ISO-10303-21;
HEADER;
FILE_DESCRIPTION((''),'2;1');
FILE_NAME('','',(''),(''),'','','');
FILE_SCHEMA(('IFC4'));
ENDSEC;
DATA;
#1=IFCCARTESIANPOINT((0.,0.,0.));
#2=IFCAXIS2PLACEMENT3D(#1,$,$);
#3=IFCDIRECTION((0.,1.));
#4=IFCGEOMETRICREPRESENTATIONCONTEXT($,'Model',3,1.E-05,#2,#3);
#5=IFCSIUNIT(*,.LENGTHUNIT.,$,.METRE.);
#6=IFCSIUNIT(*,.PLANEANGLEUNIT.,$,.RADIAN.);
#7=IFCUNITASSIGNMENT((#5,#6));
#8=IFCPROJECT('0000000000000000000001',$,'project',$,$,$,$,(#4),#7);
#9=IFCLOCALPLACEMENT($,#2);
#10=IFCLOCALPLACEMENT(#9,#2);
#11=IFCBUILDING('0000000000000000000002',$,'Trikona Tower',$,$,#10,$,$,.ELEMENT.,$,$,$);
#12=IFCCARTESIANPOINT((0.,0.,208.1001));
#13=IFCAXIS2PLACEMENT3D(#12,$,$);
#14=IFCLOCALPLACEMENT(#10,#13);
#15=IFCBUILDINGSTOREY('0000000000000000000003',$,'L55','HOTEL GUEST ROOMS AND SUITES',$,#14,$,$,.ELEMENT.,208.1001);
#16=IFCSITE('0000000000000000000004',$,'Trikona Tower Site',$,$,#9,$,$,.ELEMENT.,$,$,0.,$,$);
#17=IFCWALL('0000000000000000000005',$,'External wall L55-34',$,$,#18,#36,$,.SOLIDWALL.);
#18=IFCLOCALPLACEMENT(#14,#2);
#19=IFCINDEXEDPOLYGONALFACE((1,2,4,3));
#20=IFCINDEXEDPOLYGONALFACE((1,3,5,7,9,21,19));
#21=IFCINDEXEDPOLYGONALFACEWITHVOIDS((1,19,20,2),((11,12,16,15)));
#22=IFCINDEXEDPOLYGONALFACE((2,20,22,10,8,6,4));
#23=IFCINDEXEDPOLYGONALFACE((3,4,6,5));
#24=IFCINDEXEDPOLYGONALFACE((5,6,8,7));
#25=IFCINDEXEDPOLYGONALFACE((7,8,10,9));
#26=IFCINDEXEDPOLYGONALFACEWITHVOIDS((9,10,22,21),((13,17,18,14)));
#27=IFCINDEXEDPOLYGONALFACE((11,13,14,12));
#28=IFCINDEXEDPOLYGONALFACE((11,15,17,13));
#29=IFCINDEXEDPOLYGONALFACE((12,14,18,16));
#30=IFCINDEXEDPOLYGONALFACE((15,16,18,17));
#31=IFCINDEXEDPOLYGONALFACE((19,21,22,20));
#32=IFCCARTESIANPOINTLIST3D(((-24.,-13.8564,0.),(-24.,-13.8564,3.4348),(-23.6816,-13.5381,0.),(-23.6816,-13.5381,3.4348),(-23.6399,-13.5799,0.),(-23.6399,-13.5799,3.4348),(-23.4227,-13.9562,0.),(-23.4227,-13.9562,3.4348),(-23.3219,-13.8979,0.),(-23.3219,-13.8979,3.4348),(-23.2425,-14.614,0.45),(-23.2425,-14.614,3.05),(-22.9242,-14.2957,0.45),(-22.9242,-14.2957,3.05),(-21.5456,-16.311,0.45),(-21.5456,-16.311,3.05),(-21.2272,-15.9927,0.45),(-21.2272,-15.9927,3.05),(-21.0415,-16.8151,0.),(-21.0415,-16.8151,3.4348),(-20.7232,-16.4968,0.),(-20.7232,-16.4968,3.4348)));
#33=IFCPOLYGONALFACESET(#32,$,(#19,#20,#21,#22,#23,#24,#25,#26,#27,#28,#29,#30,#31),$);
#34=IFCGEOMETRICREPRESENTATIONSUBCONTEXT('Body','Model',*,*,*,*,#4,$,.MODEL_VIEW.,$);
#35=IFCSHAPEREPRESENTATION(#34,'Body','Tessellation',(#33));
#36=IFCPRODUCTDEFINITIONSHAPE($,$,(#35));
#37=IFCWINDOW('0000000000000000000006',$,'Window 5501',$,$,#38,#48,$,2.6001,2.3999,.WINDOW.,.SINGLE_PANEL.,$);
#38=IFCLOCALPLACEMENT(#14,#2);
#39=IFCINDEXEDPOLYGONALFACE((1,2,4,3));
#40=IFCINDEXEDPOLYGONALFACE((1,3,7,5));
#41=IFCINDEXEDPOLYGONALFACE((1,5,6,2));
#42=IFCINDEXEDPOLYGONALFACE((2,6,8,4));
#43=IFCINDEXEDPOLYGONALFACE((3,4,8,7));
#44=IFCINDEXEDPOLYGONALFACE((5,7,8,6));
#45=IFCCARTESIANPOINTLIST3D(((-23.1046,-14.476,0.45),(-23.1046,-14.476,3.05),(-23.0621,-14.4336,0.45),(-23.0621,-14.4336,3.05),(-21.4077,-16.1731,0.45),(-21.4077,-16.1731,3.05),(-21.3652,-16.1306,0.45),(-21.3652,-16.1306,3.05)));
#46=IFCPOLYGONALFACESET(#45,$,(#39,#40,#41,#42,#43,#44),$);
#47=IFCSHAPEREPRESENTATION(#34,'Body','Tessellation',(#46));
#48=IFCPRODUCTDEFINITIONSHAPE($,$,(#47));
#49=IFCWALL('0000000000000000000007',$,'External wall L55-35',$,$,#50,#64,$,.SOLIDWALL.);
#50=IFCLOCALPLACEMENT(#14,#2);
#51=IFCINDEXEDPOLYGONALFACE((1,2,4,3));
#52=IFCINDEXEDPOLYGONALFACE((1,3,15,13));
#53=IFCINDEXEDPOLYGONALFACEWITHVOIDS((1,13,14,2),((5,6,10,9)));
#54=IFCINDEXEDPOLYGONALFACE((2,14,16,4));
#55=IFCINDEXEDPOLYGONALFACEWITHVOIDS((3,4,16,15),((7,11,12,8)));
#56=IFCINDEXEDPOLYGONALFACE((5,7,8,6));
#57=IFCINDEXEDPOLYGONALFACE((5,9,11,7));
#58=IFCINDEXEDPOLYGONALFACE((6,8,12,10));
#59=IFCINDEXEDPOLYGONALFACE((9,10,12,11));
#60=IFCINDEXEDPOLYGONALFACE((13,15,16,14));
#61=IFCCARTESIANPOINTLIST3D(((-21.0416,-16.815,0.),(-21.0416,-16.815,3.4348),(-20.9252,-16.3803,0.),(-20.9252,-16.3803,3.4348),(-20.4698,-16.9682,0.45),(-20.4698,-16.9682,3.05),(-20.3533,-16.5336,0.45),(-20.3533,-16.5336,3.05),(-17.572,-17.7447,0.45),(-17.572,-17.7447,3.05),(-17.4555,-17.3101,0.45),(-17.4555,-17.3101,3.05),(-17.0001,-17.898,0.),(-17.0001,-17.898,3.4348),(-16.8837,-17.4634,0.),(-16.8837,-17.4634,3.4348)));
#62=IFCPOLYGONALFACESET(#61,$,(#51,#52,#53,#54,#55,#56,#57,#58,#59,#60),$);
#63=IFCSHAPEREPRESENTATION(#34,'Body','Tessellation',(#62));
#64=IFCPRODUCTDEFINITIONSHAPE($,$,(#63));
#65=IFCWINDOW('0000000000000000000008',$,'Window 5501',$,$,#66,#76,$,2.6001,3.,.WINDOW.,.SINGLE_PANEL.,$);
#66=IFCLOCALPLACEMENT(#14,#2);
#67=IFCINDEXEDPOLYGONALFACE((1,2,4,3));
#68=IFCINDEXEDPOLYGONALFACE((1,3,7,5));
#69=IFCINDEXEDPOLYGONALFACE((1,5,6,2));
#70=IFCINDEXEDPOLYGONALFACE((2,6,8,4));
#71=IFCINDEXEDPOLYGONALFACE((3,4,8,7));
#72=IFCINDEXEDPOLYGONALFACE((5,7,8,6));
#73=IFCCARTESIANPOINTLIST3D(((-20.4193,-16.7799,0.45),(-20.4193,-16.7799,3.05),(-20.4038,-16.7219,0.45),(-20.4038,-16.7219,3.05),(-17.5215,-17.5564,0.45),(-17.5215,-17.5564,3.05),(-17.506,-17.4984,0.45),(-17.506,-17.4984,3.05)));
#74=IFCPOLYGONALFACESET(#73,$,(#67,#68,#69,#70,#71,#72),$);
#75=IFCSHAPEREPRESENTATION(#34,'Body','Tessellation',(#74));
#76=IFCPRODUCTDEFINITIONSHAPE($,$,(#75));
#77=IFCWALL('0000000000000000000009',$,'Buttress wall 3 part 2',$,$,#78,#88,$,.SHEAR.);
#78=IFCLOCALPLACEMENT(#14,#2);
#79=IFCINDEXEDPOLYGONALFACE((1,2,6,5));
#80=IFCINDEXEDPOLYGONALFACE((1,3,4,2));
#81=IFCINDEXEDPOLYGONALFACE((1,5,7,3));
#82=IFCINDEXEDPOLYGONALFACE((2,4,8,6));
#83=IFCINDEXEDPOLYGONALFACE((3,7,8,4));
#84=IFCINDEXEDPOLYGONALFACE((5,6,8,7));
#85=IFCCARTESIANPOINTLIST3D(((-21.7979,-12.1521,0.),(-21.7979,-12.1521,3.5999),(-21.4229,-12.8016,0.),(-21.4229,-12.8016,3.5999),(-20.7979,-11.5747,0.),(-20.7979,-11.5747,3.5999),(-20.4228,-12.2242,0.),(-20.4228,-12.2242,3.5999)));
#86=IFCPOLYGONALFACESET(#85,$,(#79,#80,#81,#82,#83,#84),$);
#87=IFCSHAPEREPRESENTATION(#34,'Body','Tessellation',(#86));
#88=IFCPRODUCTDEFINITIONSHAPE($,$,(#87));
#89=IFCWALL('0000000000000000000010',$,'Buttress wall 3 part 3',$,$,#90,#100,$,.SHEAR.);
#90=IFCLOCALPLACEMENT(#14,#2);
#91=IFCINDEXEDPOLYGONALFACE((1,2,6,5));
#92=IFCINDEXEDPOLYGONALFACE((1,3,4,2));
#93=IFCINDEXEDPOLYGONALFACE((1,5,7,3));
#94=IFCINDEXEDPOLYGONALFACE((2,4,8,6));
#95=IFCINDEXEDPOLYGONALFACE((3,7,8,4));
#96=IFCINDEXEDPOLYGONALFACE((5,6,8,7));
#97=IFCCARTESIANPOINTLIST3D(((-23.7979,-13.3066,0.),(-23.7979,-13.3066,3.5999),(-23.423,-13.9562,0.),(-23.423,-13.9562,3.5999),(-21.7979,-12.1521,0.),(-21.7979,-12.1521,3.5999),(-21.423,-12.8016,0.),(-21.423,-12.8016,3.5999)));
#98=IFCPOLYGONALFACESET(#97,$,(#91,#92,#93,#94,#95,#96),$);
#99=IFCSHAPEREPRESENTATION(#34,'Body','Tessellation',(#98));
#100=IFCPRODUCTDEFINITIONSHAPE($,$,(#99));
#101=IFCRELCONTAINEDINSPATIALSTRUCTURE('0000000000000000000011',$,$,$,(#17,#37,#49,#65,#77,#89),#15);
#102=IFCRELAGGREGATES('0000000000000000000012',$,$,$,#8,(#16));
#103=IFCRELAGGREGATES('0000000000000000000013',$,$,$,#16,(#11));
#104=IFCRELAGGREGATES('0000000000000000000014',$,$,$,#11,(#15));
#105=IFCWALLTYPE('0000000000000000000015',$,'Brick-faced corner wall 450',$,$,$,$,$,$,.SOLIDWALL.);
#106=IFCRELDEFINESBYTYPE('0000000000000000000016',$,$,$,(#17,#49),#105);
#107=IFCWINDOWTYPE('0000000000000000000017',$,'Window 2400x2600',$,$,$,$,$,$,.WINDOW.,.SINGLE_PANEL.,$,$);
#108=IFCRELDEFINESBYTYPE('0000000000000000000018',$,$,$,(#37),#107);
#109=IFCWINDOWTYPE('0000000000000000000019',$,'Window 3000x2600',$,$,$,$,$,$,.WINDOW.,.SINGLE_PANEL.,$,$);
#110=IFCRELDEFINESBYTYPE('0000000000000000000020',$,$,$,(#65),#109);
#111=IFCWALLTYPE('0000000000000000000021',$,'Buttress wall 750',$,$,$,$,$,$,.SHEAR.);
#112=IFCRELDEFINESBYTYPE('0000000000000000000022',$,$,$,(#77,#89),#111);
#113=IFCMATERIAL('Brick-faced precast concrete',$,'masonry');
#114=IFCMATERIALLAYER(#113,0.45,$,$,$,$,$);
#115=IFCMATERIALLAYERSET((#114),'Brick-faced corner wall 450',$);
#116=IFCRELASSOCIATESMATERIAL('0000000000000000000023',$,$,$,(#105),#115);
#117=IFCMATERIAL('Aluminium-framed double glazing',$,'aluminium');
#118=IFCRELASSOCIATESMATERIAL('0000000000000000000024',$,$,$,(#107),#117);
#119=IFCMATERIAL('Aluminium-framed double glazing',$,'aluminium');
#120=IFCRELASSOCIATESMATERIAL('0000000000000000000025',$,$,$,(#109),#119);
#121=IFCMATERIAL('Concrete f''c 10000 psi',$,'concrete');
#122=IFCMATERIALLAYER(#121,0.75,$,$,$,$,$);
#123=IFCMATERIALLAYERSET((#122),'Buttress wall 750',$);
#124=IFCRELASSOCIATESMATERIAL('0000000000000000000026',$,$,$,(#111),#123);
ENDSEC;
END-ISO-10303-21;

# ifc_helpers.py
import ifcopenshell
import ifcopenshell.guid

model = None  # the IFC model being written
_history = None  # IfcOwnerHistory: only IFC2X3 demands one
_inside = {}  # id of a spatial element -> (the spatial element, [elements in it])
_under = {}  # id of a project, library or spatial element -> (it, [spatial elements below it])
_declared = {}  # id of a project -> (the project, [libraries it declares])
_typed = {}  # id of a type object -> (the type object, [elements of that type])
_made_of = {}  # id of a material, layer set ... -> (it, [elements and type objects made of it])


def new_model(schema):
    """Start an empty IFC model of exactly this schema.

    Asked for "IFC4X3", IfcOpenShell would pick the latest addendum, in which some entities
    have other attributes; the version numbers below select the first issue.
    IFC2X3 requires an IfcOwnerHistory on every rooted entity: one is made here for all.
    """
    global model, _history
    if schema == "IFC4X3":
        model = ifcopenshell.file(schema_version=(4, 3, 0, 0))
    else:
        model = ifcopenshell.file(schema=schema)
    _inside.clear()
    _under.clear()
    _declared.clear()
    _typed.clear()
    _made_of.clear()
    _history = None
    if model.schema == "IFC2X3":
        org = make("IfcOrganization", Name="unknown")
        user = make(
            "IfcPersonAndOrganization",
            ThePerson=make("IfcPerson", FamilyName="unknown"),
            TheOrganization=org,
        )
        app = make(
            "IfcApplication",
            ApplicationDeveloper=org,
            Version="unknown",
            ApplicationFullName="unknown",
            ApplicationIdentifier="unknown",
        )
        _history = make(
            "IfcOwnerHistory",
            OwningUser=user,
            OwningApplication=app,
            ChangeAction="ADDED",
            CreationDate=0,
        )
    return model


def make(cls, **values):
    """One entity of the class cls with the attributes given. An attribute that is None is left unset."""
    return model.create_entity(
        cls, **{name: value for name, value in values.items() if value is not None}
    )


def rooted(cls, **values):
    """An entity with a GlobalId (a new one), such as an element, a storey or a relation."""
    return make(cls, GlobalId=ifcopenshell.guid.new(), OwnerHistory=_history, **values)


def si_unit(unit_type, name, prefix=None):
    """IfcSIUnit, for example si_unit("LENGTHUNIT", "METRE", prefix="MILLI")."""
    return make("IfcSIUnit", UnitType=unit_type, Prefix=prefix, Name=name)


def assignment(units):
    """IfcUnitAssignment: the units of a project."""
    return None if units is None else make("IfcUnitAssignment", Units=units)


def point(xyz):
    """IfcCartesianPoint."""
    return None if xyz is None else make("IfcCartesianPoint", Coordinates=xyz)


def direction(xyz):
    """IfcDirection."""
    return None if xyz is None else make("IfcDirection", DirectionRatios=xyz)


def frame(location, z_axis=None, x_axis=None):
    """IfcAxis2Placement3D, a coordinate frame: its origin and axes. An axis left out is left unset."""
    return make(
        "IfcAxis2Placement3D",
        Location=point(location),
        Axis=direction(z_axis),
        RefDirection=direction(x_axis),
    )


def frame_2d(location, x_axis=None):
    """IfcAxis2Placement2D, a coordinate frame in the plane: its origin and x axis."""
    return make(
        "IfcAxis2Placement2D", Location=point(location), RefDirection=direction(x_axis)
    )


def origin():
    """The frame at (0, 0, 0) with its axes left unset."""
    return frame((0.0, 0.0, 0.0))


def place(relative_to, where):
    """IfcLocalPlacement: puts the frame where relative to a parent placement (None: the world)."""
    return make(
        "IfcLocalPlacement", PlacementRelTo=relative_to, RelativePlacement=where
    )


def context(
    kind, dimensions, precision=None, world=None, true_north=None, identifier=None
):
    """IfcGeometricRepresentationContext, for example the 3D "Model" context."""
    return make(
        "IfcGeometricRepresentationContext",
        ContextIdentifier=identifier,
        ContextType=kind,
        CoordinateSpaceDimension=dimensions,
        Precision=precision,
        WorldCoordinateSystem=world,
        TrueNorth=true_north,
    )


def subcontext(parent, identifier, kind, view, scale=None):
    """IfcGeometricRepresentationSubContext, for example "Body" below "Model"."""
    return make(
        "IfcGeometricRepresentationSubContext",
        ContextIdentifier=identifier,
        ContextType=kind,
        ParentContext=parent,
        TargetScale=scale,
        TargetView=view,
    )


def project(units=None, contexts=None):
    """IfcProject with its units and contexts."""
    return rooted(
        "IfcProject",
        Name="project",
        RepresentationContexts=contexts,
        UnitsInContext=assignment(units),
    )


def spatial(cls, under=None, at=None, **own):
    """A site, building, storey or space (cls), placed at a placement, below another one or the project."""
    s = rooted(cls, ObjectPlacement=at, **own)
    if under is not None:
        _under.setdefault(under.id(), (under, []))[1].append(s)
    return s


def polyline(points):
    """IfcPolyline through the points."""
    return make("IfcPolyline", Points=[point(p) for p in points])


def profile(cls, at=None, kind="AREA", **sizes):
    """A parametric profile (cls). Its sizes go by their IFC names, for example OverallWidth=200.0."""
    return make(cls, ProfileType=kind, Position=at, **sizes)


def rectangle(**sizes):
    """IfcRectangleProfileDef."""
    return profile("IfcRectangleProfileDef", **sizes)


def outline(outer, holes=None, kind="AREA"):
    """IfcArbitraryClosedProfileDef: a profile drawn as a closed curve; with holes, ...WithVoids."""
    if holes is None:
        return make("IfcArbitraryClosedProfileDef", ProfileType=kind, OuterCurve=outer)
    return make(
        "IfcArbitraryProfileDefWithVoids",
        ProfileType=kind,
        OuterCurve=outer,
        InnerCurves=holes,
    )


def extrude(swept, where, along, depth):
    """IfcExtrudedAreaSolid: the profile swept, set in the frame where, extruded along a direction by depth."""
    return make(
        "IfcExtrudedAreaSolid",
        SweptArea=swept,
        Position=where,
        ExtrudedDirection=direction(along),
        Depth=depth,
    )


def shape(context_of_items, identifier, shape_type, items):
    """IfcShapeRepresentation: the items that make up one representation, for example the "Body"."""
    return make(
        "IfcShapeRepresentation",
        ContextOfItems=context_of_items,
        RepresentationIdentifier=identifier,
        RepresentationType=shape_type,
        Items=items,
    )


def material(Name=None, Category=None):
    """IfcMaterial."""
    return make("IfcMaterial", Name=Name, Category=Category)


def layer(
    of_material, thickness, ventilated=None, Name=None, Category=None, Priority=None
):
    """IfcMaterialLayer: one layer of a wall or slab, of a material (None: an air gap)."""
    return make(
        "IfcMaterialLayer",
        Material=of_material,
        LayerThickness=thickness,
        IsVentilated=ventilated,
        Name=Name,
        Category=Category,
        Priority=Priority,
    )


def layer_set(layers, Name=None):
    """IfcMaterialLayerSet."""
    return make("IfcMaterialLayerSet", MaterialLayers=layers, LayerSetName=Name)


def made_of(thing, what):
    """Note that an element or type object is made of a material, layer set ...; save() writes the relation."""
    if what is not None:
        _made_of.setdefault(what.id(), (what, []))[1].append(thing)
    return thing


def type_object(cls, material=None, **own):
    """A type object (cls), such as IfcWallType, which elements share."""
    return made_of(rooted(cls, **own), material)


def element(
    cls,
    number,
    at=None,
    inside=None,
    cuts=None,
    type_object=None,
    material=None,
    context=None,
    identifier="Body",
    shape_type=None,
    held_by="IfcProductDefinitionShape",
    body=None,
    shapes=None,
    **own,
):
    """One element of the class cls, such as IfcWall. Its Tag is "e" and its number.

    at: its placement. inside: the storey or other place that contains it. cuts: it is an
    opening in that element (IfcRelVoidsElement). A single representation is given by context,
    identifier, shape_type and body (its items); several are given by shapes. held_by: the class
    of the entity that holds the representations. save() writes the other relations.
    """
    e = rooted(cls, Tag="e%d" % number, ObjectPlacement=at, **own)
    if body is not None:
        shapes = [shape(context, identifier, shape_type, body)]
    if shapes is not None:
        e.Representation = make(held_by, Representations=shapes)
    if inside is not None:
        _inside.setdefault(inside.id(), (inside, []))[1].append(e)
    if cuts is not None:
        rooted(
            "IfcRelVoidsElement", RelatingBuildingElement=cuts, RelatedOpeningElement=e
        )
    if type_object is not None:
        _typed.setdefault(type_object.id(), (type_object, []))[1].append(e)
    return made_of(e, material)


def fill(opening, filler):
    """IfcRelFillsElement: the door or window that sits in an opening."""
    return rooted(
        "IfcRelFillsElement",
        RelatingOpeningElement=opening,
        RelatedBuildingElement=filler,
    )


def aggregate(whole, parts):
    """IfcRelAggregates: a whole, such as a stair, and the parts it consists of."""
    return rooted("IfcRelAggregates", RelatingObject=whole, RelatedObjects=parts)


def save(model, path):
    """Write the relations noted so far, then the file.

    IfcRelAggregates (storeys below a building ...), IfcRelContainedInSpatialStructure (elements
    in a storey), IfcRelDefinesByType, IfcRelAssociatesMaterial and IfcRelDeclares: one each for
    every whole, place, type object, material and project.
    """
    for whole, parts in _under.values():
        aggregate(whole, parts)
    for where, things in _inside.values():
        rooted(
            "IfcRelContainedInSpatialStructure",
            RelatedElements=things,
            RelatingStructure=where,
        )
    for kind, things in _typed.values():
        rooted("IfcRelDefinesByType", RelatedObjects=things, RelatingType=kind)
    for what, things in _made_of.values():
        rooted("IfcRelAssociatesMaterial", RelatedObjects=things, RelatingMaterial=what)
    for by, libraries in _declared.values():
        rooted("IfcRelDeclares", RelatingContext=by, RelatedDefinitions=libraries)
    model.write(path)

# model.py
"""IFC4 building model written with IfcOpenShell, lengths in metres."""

from ifc_helpers import new_model, si_unit, direction, frame, frame_2d, origin, place, context, subcontext, project, spatial, polyline, rectangle, outline, extrude, material, layer, layer_set, type_object, element, fill, save


model = new_model("IFC4")

# Units and contexts
model_context = context("Model", 3, precision=1e-05, world=origin(), true_north=direction((0.0, 1.0)))
body_context = subcontext(model_context, "Body", "Model", "MODEL_VIEW")
ifc_project = project(units=[si_unit("LENGTHUNIT", "METRE"), si_unit("PLANEANGLEUNIT", "RADIAN")], contexts=[model_context])

# Site, building, storey
site_placement = place(None, origin())
site = spatial("IfcSite", under=ifc_project, at=site_placement, Name="Trikona Tower Site", CompositionType="ELEMENT", RefElevation=0.0)
building_placement = place(site_placement, origin())
building = spatial("IfcBuilding", under=site, at=building_placement, Name="Trikona Tower", CompositionType="ELEMENT")
storey_placement = place(building_placement, frame((0.0, 0.0, 208.1001)))
storey = spatial("IfcBuildingStorey", under=building, at=storey_placement, Name="L55", Description="HOTEL GUEST ROOMS AND SUITES", CompositionType="ELEMENT", Elevation=208.1001)

# Walls, openings, windows
ifc_material_1 = material(Name="Brick-faced precast concrete", Category="masonry")
ifc_layer_1 = layer(ifc_material_1, 0.45)
ifc_layer_set_1 = layer_set([ifc_layer_1], Name="Brick-faced corner wall 450")
wall_type_1 = type_object("IfcWallType", Name="Brick-faced corner wall 450", PredefinedType="SOLIDWALL", material=ifc_layer_set_1)
wall_1_placement = place(storey_placement, frame((-23.8408, -13.6973, 0.0), z_axis=(0.0, 0.0, 1.0), x_axis=(0.707078, -0.707136, 0.0)))
wall_1 = element("IfcWall", 1, at=wall_1_placement, inside=storey, type_object=wall_type_1, Name="External wall L55-34", PredefinedType="SOLIDWALL", context=body_context, shape_type="SweptSolid", body=[
    extrude(outline(polyline([(4.1841, 0.2251), (0.5088, 0.2251), (0.4788, 0.1125), (0.0591, 0.2251), (0.0, 0.2251), (0.0, -0.2251), (4.1841, -0.2251), (4.1841, 0.2251)])), origin(), (0.0, 0.0, 1.0), 3.4348),
])
opening_1_placement = place(wall_1_placement, frame((1.0713, 0.0, 0.45)))
opening_1 = element("IfcOpeningElement", 2, at=opening_1_placement, cuts=wall_1, PredefinedType="OPENING", context=body_context, shape_type="SweptSolid", body=[
    extrude(rectangle(XDim=2.3999, YDim=2.6001, at=frame_2d((1.2, 1.3))), frame((0.0, 0.2349, 0.0), z_axis=(0.0, -1.0, 0.0), x_axis=(1.0, 0.0, 0.0)), (0.0, 0.0, 1.0), 0.47),
])
ifc_material_2 = material(Name="Aluminium-framed double glazing", Category="aluminium")
window_type_1 = type_object("IfcWindowType", Name="Window 2400x2600", PartitioningType="SINGLE_PANEL", PredefinedType="WINDOW", material=ifc_material_2)
window_1_placement = place(opening_1_placement, origin())
window_1 = element("IfcWindow", 3, at=window_1_placement, inside=storey, type_object=window_type_1, Name="Window 5501", OverallHeight=2.6001, OverallWidth=2.3999, PartitioningType="SINGLE_PANEL", PredefinedType="WINDOW", context=body_context, shape_type="SweptSolid", body=[
    extrude(rectangle(XDim=2.3999, YDim=2.6001, at=frame_2d((1.2, 1.3))), frame((0.0, 0.03, 0.0), z_axis=(0.0, -1.0, 0.0), x_axis=(1.0, 0.0, 0.0)), (0.0, 0.0, 1.0), 0.0601),
])
fill(opening_1, window_1)
wall_2_placement = place(storey_placement, frame((-20.9834, -16.5977, 0.0), z_axis=(0.0, 0.0, 1.0), x_axis=(0.96592, -0.258839, 0.0)))
wall_2 = element("IfcWall", 4, at=wall_2_placement, inside=storey, type_object=wall_type_1, Name="External wall L55-35", PredefinedType="SOLIDWALL", context=body_context, shape_type="SweptSolid", body=[
    extrude(rectangle(XDim=4.1841, YDim=0.45, at=frame_2d((2.092, 0.0))), origin(), (0.0, 0.0, 1.0), 3.4348),
])
opening_2_placement = place(wall_2_placement, frame((0.592, 0.0, 0.45)))
opening_2 = element("IfcOpeningElement", 5, at=opening_2_placement, cuts=wall_2, PredefinedType="OPENING", context=body_context, shape_type="SweptSolid", body=[
    extrude(rectangle(XDim=3.0, YDim=2.6001, at=frame_2d((1.5, 1.3))), frame((0.0, 0.2349, 0.0), z_axis=(0.0, -1.0, 0.0), x_axis=(1.0, 0.0, 0.0)), (0.0, 0.0, 1.0), 0.47),
])
ifc_material_3 = material(Name="Aluminium-framed double glazing", Category="aluminium")
window_type_2 = type_object("IfcWindowType", Name="Window 3000x2600", PartitioningType="SINGLE_PANEL", PredefinedType="WINDOW", material=ifc_material_3)
window_2_placement = place(opening_2_placement, origin())
window_2 = element("IfcWindow", 6, at=window_2_placement, inside=storey, type_object=window_type_2, Name="Window 5501", OverallHeight=2.6001, OverallWidth=3.0, PartitioningType="SINGLE_PANEL", PredefinedType="WINDOW", context=body_context, shape_type="SweptSolid", body=[
    extrude(rectangle(XDim=3.0, YDim=2.6001, at=frame_2d((1.5, 1.3))), frame((0.0, 0.03, 0.0), z_axis=(0.0, -1.0, 0.0), x_axis=(1.0, 0.0, 0.0)), (0.0, 0.0, 1.0), 0.0601),
])
fill(opening_2, window_2)

# Walls
ifc_material_4 = material(Name="Concrete f'c 10000 psi", Category="concrete")
ifc_layer_2 = layer(ifc_material_4, 0.75)
ifc_layer_set_2 = layer_set([ifc_layer_2], Name="Buttress wall 750")
wall_type_2 = type_object("IfcWallType", Name="Buttress wall 750", PredefinedType="SHEAR", material=ifc_layer_set_2)
wall_3_placement = place(storey_placement, frame((-20.6104, -11.8994, 0.0), z_axis=(0.0, 0.0, 1.0), x_axis=(-0.86601, -0.500027, 0.0)))
element("IfcWall", 7, at=wall_3_placement, inside=storey, type_object=wall_type_2, Name="Buttress wall 3 part 2", PredefinedType="SHEAR", context=body_context, shape_type="SweptSolid", body=[
    extrude(rectangle(XDim=1.1548, YDim=0.75, at=frame_2d((0.5774, 0.0))), origin(), (0.0, 0.0, 1.0), 3.5999),
])
wall_4_placement = place(storey_placement, frame((-21.6104, -12.4768, 0.0), z_axis=(0.0, 0.0, 1.0), x_axis=(-0.866055, -0.499948, 0.0)))
element("IfcWall", 8, at=wall_4_placement, inside=storey, type_object=wall_type_2, Name="Buttress wall 3 part 3", PredefinedType="SHEAR", context=body_context, shape_type="SweptSolid", body=[
    extrude(rectangle(XDim=2.3093, YDim=0.75, at=frame_2d((1.1548, 0.0))), origin(), (0.0, 0.0, 1.0), 3.5999),
])

save(model, "model.ifc")
